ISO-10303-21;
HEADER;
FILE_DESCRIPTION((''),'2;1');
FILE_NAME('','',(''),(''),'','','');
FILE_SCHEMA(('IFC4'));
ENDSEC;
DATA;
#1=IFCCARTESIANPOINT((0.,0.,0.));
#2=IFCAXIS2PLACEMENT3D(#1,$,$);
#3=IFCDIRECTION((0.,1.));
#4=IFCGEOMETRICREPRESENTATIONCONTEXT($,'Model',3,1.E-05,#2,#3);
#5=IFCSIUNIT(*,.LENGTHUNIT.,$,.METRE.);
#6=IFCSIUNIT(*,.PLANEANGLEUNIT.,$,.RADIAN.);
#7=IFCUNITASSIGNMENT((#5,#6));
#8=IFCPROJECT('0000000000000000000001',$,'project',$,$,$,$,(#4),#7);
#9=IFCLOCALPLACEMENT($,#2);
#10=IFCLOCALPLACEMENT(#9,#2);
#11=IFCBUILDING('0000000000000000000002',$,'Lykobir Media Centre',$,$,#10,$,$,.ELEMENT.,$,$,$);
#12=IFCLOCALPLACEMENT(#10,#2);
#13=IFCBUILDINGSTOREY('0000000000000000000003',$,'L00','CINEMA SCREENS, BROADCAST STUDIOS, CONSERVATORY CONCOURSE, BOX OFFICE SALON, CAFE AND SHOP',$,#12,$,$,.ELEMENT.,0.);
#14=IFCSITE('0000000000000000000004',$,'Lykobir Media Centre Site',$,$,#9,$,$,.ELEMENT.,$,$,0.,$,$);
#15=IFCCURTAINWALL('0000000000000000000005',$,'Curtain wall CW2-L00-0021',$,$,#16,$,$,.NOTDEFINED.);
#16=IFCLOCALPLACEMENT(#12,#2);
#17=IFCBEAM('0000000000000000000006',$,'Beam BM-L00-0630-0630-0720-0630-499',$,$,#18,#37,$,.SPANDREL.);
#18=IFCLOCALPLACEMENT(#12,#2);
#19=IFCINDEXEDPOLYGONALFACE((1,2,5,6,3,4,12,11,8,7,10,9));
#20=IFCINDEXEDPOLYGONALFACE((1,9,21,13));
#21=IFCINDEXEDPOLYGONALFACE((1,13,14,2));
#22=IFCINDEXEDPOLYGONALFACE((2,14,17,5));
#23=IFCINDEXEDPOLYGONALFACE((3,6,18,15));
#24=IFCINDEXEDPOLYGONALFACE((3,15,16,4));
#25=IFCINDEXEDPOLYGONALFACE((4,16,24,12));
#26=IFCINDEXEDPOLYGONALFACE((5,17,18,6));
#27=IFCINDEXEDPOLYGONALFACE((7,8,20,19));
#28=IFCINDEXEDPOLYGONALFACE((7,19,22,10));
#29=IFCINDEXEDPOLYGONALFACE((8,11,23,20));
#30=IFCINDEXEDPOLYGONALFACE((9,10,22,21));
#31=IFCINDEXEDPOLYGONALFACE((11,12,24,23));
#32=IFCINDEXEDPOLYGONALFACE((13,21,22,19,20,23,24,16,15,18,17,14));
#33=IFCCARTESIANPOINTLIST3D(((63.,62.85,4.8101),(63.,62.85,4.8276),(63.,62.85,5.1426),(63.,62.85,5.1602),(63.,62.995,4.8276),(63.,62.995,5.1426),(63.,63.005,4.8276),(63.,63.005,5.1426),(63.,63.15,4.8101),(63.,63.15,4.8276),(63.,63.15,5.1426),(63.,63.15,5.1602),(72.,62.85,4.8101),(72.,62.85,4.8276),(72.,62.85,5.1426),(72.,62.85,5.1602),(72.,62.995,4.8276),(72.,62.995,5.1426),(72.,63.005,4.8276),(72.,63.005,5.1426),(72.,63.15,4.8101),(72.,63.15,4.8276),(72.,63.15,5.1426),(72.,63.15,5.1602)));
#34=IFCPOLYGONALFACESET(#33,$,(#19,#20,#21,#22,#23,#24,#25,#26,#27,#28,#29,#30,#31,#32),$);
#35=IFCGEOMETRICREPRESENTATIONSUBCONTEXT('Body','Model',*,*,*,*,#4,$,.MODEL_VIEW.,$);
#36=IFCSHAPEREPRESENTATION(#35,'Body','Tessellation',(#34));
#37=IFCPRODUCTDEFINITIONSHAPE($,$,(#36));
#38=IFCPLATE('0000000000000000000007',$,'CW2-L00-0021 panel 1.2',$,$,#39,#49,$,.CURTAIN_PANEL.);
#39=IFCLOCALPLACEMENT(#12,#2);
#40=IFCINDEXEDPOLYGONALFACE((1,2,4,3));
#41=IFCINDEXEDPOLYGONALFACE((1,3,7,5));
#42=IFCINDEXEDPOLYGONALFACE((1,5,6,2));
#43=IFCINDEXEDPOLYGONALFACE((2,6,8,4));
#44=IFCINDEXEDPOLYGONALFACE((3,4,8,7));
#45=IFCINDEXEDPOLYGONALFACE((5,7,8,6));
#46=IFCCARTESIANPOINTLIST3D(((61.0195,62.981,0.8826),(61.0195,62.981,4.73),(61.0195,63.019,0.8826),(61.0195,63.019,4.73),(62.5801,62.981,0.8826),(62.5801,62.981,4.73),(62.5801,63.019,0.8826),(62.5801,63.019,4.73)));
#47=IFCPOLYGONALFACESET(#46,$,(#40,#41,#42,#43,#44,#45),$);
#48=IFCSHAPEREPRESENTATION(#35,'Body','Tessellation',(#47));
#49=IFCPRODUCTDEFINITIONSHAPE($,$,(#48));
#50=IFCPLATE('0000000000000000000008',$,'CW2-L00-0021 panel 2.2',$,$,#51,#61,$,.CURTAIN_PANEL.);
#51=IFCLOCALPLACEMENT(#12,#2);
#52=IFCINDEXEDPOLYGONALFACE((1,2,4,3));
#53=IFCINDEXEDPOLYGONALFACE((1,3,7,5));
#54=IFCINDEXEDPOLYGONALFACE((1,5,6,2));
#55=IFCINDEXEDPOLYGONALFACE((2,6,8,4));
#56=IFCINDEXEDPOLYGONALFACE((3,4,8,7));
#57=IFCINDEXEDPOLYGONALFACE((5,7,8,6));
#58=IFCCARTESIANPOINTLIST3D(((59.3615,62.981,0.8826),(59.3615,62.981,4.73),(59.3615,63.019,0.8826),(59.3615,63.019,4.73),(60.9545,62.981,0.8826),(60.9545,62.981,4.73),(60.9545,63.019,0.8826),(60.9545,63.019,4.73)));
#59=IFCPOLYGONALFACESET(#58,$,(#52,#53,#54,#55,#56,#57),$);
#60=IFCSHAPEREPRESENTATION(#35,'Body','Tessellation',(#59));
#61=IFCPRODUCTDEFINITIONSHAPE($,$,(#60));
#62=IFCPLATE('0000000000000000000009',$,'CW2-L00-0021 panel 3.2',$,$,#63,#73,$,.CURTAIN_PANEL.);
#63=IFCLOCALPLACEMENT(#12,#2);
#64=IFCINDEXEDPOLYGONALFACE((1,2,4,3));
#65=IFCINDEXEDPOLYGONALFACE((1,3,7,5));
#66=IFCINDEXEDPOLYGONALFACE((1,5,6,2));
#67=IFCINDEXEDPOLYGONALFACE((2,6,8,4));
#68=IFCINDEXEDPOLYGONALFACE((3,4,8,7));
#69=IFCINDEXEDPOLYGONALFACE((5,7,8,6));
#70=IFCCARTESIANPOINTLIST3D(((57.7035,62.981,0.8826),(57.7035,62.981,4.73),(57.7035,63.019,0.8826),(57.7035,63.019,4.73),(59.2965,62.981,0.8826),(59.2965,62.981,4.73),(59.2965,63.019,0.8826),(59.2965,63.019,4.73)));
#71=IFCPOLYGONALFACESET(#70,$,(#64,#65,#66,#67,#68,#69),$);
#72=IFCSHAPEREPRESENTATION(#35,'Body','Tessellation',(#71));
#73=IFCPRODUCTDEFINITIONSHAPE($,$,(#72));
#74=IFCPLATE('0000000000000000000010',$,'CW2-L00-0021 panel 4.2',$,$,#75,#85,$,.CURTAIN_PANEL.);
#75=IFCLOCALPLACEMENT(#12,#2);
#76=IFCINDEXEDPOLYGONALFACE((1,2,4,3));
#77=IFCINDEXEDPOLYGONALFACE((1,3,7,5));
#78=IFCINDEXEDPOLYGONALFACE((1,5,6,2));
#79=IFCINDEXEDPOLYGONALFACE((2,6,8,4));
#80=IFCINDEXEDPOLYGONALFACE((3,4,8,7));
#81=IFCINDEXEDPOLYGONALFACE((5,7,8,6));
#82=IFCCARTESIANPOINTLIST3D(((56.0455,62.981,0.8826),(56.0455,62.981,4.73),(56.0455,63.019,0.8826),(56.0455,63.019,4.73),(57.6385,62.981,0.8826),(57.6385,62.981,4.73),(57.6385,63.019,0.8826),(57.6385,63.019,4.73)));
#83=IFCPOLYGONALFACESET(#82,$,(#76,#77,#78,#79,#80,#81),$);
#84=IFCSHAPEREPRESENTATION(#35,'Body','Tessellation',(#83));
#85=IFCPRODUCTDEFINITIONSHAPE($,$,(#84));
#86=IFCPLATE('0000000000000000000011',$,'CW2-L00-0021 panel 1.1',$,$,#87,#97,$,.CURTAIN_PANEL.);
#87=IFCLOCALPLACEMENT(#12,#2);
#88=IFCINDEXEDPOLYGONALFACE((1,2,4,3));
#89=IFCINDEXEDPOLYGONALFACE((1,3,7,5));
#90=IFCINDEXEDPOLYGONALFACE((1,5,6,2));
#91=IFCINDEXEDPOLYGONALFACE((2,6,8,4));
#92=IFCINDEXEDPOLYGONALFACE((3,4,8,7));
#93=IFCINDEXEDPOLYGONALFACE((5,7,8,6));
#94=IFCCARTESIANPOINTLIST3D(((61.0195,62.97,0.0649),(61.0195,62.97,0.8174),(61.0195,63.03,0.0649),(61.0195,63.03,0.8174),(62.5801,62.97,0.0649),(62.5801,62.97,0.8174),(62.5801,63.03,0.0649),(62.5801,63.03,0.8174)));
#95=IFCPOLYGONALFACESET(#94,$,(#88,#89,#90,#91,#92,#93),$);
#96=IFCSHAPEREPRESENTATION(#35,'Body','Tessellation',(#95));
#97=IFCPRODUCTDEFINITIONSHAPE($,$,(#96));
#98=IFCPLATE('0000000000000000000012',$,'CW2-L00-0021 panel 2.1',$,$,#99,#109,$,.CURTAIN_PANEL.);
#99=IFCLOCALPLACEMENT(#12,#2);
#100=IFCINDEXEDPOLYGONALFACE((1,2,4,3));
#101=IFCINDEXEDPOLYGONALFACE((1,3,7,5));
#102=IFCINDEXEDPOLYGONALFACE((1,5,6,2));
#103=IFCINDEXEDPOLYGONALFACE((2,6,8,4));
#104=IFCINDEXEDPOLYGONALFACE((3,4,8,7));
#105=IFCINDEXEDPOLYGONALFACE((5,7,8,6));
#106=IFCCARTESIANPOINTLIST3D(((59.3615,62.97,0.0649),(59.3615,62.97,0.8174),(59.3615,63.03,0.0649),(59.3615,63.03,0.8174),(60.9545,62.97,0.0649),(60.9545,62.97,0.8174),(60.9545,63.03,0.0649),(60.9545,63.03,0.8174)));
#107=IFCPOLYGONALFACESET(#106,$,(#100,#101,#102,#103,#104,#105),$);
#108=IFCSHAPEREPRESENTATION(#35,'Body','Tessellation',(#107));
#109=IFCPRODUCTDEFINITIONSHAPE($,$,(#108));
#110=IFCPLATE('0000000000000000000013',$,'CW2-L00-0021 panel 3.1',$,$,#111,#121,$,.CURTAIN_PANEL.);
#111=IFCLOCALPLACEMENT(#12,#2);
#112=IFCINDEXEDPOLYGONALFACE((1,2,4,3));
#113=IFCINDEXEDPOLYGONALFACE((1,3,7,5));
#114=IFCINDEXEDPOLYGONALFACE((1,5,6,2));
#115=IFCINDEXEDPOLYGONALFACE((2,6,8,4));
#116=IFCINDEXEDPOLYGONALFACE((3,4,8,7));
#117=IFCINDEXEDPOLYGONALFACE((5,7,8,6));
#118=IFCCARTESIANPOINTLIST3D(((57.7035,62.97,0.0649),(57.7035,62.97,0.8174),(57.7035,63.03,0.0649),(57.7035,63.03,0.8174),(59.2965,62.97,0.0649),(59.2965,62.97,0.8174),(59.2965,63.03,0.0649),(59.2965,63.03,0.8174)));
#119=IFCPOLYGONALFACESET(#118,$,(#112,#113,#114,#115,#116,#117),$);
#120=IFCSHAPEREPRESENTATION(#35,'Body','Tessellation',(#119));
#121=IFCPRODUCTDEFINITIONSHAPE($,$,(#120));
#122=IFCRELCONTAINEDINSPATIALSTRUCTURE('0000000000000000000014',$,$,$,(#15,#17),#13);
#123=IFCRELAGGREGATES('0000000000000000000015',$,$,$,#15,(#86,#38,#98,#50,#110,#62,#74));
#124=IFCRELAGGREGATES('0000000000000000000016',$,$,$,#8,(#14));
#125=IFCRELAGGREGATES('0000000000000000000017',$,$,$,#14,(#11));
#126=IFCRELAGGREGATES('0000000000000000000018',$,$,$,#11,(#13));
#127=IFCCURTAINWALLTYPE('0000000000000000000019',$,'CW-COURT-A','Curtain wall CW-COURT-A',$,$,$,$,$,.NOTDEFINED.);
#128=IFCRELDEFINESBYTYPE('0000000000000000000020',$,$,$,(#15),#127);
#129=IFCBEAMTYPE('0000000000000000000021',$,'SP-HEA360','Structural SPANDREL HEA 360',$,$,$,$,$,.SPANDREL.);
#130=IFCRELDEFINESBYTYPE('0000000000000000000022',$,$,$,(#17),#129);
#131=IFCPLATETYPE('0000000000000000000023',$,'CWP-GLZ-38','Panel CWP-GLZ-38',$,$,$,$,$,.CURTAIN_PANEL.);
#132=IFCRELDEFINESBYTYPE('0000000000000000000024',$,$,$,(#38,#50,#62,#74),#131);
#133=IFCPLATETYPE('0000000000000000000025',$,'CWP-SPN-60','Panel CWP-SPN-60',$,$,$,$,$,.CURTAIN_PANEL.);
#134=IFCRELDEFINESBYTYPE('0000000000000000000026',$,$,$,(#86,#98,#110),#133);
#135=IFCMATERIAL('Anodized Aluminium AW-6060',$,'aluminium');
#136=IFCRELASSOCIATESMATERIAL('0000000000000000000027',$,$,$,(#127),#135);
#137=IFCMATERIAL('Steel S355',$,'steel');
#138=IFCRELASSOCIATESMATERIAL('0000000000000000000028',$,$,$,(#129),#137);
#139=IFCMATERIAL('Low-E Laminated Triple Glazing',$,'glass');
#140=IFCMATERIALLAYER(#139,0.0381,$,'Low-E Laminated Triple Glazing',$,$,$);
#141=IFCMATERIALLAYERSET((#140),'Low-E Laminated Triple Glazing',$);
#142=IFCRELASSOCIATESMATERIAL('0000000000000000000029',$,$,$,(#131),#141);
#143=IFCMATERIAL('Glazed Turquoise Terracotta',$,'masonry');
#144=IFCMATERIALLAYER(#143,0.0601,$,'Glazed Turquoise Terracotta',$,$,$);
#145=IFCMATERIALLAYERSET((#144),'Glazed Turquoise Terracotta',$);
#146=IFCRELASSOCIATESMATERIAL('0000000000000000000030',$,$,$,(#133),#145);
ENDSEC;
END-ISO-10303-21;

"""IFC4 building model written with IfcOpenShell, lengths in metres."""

from ifc_helpers import new_model, si_unit, direction, frame, origin, origin_2d, place, context, subcontext, project, spatial, rectangle, i_section, extrude, material, layer, layer_set, material_profile, profile_set, type_object, element, aggregate, save


model = new_model("IFC4")

# Units and contexts
model_context = context("Model", 3, precision=1e-05, world=origin(), true_north=direction((0.0, 1.0)))
body_context = subcontext(model_context, "Body", "Model", "MODEL_VIEW")
ifc_project = project(units=[si_unit("LENGTHUNIT", "METRE"), si_unit("PLANEANGLEUNIT", "RADIAN")], contexts=[model_context])

# Site, building, storey
site_placement = place(None, origin())
site = spatial("IfcSite", under=ifc_project, at=site_placement, Name="Lykobir Media Centre Site", CompositionType="ELEMENT", RefElevation=0.0)
building_placement = place(site_placement, origin())
building = spatial("IfcBuilding", under=site, at=building_placement, Name="Lykobir Media Centre", CompositionType="ELEMENT")
storey_placement = place(building_placement, origin())
storey = spatial("IfcBuildingStorey", under=building, at=storey_placement, Name="L00", Description="CINEMA SCREENS, BROADCAST STUDIOS, CONSERVATORY CONCOURSE, BOX OFFICE SALON, CAFE AND SHOP", CompositionType="ELEMENT", Elevation=0.0)

# Shared definitions
ifc_material_1 = material(Name="Steel S355", Category="steel")

# Curtain wall
ifc_material_2 = material(Name="Anodized Aluminium AW-6060", Category="aluminium")
curtain_wall_type = type_object("IfcCurtainWallType", Name="CW-COURT-A", Description="Curtain wall CW-COURT-A", PredefinedType="NOTDEFINED", material=ifc_material_2)
curtain_wall_placement = place(storey_placement, origin())
curtain_wall = element("IfcCurtainWall", 1, at=curtain_wall_placement, inside=storey, type_object=curtain_wall_type, Name="Curtain wall CW2-L00-0021", PredefinedType="NOTDEFINED")

# Beam
ifc_material_profile_1 = material_profile(ifc_material_1, i_section(OverallWidth=0.3, OverallDepth=0.3501, WebThickness=0.01, FlangeThickness=0.0176, at=origin_2d()), Name="HEA 360")
ifc_profile_set_1 = profile_set([ifc_material_profile_1], Name="Steel S355")
beam_type_1 = type_object("IfcBeamType", Name="SP-HEA360", Description="Structural SPANDREL HEA 360", PredefinedType="SPANDREL", material=ifc_profile_set_1)
beam_placement = place(storey_placement, frame((63.0, 63.0, 4.9851), z_axis=(1.0, 0.0, 0.0), x_axis=(0.0, 1.0, 0.0)))
element("IfcBeam", 2, at=beam_placement, inside=storey, type_object=beam_type_1, Name="Beam BM-L00-0630-0630-0720-0630-499", PredefinedType="SPANDREL", context=body_context, shape_type="SweptSolid", body=[
    extrude(i_section(OverallWidth=0.3, OverallDepth=0.3501, WebThickness=0.01, FlangeThickness=0.0176, at=origin_2d()), origin(), (0.0, 0.0, 1.0), 9.0),
])

# Plates
ifc_material_3 = material(Name="Low-E Laminated Triple Glazing", Category="glass")
ifc_layer_1 = layer(ifc_material_3, 0.0381, Name="Low-E Laminated Triple Glazing")
ifc_layer_set_1 = layer_set([ifc_layer_1], Name="Low-E Laminated Triple Glazing")
plate_type_1 = type_object("IfcPlateType", Name="CWP-GLZ-38", Description="Panel CWP-GLZ-38", PredefinedType="CURTAIN_PANEL", material=ifc_layer_set_1)
plate_1_placement = place(storey_placement, frame((61.7998, 63.0, 0.8826), z_axis=(0.0, 0.0, 1.0), x_axis=(-1.0, 0.0, 0.0)))
plate_1 = element("IfcPlate", 3, at=plate_1_placement, type_object=plate_type_1, Name="CW2-L00-0021 panel 1.2", PredefinedType="CURTAIN_PANEL", context=body_context, shape_type="SweptSolid", body=[
    extrude(rectangle(XDim=1.5605, YDim=0.0381, at=origin_2d()), origin(), (0.0, 0.0, 1.0), 3.8474),
])
plate_2_placement = place(storey_placement, frame((60.158, 63.0, 0.8826), z_axis=(0.0, 0.0, 1.0), x_axis=(-1.0, 0.0, 0.0)))
plate_2 = element("IfcPlate", 4, at=plate_2_placement, type_object=plate_type_1, Name="CW2-L00-0021 panel 2.2", PredefinedType="CURTAIN_PANEL", context=body_context, shape_type="SweptSolid", body=[
    extrude(rectangle(XDim=1.593, YDim=0.0381, at=origin_2d()), origin(), (0.0, 0.0, 1.0), 3.8474),
])
plate_3_placement = place(storey_placement, frame((58.5, 63.0, 0.8826), z_axis=(0.0, 0.0, 1.0), x_axis=(-1.0, 0.0, 0.0)))
plate_3 = element("IfcPlate", 5, at=plate_3_placement, type_object=plate_type_1, Name="CW2-L00-0021 panel 3.2", PredefinedType="CURTAIN_PANEL", context=body_context, shape_type="SweptSolid", body=[
    extrude(rectangle(XDim=1.593, YDim=0.0381, at=origin_2d()), origin(), (0.0, 0.0, 1.0), 3.8474),
])
plate_4_placement = place(storey_placement, frame((56.842, 63.0, 0.8826), z_axis=(0.0, 0.0, 1.0), x_axis=(-1.0, 0.0, 0.0)))
plate_4 = element("IfcPlate", 6, at=plate_4_placement, type_object=plate_type_1, Name="CW2-L00-0021 panel 4.2", PredefinedType="CURTAIN_PANEL", context=body_context, shape_type="SweptSolid", body=[
    extrude(rectangle(XDim=1.593, YDim=0.0381, at=origin_2d()), origin(), (0.0, 0.0, 1.0), 3.8474),
])
ifc_material_4 = material(Name="Glazed Turquoise Terracotta", Category="masonry")
ifc_layer_2 = layer(ifc_material_4, 0.0601, Name="Glazed Turquoise Terracotta")
ifc_layer_set_2 = layer_set([ifc_layer_2], Name="Glazed Turquoise Terracotta")
plate_type_2 = type_object("IfcPlateType", Name="CWP-SPN-60", Description="Panel CWP-SPN-60", PredefinedType="CURTAIN_PANEL", material=ifc_layer_set_2)
plate_5_placement = place(storey_placement, frame((61.7998, 63.0, 0.0649), z_axis=(0.0, 0.0, 1.0), x_axis=(-1.0, 0.0, 0.0)))
plate_5 = element("IfcPlate", 7, at=plate_5_placement, type_object=plate_type_2, Name="CW2-L00-0021 panel 1.1", PredefinedType="CURTAIN_PANEL", context=body_context, shape_type="SweptSolid", body=[
    extrude(rectangle(XDim=1.5605, YDim=0.0601, at=origin_2d()), origin(), (0.0, 0.0, 1.0), 0.7524),
])
plate_6_placement = place(storey_placement, frame((60.158, 63.0, 0.0649), z_axis=(0.0, 0.0, 1.0), x_axis=(-1.0, 0.0, 0.0)))
plate_6 = element("IfcPlate", 8, at=plate_6_placement, type_object=plate_type_2, Name="CW2-L00-0021 panel 2.1", PredefinedType="CURTAIN_PANEL", context=body_context, shape_type="SweptSolid", body=[
    extrude(rectangle(XDim=1.593, YDim=0.0601, at=origin_2d()), origin(), (0.0, 0.0, 1.0), 0.7524),
])
plate_7_placement = place(storey_placement, frame((58.5, 63.0, 0.0649), z_axis=(0.0, 0.0, 1.0), x_axis=(-1.0, 0.0, 0.0)))
plate_7 = element("IfcPlate", 9, at=plate_7_placement, type_object=plate_type_2, Name="CW2-L00-0021 panel 3.1", PredefinedType="CURTAIN_PANEL", context=body_context, shape_type="SweptSolid", body=[
    extrude(rectangle(XDim=1.593, YDim=0.0601, at=origin_2d()), origin(), (0.0, 0.0, 1.0), 0.7524),
])
aggregate(curtain_wall, [plate_5, plate_1, plate_6, plate_2, plate_7, plate_3, plate_4])

save(model, "model.ifc")
